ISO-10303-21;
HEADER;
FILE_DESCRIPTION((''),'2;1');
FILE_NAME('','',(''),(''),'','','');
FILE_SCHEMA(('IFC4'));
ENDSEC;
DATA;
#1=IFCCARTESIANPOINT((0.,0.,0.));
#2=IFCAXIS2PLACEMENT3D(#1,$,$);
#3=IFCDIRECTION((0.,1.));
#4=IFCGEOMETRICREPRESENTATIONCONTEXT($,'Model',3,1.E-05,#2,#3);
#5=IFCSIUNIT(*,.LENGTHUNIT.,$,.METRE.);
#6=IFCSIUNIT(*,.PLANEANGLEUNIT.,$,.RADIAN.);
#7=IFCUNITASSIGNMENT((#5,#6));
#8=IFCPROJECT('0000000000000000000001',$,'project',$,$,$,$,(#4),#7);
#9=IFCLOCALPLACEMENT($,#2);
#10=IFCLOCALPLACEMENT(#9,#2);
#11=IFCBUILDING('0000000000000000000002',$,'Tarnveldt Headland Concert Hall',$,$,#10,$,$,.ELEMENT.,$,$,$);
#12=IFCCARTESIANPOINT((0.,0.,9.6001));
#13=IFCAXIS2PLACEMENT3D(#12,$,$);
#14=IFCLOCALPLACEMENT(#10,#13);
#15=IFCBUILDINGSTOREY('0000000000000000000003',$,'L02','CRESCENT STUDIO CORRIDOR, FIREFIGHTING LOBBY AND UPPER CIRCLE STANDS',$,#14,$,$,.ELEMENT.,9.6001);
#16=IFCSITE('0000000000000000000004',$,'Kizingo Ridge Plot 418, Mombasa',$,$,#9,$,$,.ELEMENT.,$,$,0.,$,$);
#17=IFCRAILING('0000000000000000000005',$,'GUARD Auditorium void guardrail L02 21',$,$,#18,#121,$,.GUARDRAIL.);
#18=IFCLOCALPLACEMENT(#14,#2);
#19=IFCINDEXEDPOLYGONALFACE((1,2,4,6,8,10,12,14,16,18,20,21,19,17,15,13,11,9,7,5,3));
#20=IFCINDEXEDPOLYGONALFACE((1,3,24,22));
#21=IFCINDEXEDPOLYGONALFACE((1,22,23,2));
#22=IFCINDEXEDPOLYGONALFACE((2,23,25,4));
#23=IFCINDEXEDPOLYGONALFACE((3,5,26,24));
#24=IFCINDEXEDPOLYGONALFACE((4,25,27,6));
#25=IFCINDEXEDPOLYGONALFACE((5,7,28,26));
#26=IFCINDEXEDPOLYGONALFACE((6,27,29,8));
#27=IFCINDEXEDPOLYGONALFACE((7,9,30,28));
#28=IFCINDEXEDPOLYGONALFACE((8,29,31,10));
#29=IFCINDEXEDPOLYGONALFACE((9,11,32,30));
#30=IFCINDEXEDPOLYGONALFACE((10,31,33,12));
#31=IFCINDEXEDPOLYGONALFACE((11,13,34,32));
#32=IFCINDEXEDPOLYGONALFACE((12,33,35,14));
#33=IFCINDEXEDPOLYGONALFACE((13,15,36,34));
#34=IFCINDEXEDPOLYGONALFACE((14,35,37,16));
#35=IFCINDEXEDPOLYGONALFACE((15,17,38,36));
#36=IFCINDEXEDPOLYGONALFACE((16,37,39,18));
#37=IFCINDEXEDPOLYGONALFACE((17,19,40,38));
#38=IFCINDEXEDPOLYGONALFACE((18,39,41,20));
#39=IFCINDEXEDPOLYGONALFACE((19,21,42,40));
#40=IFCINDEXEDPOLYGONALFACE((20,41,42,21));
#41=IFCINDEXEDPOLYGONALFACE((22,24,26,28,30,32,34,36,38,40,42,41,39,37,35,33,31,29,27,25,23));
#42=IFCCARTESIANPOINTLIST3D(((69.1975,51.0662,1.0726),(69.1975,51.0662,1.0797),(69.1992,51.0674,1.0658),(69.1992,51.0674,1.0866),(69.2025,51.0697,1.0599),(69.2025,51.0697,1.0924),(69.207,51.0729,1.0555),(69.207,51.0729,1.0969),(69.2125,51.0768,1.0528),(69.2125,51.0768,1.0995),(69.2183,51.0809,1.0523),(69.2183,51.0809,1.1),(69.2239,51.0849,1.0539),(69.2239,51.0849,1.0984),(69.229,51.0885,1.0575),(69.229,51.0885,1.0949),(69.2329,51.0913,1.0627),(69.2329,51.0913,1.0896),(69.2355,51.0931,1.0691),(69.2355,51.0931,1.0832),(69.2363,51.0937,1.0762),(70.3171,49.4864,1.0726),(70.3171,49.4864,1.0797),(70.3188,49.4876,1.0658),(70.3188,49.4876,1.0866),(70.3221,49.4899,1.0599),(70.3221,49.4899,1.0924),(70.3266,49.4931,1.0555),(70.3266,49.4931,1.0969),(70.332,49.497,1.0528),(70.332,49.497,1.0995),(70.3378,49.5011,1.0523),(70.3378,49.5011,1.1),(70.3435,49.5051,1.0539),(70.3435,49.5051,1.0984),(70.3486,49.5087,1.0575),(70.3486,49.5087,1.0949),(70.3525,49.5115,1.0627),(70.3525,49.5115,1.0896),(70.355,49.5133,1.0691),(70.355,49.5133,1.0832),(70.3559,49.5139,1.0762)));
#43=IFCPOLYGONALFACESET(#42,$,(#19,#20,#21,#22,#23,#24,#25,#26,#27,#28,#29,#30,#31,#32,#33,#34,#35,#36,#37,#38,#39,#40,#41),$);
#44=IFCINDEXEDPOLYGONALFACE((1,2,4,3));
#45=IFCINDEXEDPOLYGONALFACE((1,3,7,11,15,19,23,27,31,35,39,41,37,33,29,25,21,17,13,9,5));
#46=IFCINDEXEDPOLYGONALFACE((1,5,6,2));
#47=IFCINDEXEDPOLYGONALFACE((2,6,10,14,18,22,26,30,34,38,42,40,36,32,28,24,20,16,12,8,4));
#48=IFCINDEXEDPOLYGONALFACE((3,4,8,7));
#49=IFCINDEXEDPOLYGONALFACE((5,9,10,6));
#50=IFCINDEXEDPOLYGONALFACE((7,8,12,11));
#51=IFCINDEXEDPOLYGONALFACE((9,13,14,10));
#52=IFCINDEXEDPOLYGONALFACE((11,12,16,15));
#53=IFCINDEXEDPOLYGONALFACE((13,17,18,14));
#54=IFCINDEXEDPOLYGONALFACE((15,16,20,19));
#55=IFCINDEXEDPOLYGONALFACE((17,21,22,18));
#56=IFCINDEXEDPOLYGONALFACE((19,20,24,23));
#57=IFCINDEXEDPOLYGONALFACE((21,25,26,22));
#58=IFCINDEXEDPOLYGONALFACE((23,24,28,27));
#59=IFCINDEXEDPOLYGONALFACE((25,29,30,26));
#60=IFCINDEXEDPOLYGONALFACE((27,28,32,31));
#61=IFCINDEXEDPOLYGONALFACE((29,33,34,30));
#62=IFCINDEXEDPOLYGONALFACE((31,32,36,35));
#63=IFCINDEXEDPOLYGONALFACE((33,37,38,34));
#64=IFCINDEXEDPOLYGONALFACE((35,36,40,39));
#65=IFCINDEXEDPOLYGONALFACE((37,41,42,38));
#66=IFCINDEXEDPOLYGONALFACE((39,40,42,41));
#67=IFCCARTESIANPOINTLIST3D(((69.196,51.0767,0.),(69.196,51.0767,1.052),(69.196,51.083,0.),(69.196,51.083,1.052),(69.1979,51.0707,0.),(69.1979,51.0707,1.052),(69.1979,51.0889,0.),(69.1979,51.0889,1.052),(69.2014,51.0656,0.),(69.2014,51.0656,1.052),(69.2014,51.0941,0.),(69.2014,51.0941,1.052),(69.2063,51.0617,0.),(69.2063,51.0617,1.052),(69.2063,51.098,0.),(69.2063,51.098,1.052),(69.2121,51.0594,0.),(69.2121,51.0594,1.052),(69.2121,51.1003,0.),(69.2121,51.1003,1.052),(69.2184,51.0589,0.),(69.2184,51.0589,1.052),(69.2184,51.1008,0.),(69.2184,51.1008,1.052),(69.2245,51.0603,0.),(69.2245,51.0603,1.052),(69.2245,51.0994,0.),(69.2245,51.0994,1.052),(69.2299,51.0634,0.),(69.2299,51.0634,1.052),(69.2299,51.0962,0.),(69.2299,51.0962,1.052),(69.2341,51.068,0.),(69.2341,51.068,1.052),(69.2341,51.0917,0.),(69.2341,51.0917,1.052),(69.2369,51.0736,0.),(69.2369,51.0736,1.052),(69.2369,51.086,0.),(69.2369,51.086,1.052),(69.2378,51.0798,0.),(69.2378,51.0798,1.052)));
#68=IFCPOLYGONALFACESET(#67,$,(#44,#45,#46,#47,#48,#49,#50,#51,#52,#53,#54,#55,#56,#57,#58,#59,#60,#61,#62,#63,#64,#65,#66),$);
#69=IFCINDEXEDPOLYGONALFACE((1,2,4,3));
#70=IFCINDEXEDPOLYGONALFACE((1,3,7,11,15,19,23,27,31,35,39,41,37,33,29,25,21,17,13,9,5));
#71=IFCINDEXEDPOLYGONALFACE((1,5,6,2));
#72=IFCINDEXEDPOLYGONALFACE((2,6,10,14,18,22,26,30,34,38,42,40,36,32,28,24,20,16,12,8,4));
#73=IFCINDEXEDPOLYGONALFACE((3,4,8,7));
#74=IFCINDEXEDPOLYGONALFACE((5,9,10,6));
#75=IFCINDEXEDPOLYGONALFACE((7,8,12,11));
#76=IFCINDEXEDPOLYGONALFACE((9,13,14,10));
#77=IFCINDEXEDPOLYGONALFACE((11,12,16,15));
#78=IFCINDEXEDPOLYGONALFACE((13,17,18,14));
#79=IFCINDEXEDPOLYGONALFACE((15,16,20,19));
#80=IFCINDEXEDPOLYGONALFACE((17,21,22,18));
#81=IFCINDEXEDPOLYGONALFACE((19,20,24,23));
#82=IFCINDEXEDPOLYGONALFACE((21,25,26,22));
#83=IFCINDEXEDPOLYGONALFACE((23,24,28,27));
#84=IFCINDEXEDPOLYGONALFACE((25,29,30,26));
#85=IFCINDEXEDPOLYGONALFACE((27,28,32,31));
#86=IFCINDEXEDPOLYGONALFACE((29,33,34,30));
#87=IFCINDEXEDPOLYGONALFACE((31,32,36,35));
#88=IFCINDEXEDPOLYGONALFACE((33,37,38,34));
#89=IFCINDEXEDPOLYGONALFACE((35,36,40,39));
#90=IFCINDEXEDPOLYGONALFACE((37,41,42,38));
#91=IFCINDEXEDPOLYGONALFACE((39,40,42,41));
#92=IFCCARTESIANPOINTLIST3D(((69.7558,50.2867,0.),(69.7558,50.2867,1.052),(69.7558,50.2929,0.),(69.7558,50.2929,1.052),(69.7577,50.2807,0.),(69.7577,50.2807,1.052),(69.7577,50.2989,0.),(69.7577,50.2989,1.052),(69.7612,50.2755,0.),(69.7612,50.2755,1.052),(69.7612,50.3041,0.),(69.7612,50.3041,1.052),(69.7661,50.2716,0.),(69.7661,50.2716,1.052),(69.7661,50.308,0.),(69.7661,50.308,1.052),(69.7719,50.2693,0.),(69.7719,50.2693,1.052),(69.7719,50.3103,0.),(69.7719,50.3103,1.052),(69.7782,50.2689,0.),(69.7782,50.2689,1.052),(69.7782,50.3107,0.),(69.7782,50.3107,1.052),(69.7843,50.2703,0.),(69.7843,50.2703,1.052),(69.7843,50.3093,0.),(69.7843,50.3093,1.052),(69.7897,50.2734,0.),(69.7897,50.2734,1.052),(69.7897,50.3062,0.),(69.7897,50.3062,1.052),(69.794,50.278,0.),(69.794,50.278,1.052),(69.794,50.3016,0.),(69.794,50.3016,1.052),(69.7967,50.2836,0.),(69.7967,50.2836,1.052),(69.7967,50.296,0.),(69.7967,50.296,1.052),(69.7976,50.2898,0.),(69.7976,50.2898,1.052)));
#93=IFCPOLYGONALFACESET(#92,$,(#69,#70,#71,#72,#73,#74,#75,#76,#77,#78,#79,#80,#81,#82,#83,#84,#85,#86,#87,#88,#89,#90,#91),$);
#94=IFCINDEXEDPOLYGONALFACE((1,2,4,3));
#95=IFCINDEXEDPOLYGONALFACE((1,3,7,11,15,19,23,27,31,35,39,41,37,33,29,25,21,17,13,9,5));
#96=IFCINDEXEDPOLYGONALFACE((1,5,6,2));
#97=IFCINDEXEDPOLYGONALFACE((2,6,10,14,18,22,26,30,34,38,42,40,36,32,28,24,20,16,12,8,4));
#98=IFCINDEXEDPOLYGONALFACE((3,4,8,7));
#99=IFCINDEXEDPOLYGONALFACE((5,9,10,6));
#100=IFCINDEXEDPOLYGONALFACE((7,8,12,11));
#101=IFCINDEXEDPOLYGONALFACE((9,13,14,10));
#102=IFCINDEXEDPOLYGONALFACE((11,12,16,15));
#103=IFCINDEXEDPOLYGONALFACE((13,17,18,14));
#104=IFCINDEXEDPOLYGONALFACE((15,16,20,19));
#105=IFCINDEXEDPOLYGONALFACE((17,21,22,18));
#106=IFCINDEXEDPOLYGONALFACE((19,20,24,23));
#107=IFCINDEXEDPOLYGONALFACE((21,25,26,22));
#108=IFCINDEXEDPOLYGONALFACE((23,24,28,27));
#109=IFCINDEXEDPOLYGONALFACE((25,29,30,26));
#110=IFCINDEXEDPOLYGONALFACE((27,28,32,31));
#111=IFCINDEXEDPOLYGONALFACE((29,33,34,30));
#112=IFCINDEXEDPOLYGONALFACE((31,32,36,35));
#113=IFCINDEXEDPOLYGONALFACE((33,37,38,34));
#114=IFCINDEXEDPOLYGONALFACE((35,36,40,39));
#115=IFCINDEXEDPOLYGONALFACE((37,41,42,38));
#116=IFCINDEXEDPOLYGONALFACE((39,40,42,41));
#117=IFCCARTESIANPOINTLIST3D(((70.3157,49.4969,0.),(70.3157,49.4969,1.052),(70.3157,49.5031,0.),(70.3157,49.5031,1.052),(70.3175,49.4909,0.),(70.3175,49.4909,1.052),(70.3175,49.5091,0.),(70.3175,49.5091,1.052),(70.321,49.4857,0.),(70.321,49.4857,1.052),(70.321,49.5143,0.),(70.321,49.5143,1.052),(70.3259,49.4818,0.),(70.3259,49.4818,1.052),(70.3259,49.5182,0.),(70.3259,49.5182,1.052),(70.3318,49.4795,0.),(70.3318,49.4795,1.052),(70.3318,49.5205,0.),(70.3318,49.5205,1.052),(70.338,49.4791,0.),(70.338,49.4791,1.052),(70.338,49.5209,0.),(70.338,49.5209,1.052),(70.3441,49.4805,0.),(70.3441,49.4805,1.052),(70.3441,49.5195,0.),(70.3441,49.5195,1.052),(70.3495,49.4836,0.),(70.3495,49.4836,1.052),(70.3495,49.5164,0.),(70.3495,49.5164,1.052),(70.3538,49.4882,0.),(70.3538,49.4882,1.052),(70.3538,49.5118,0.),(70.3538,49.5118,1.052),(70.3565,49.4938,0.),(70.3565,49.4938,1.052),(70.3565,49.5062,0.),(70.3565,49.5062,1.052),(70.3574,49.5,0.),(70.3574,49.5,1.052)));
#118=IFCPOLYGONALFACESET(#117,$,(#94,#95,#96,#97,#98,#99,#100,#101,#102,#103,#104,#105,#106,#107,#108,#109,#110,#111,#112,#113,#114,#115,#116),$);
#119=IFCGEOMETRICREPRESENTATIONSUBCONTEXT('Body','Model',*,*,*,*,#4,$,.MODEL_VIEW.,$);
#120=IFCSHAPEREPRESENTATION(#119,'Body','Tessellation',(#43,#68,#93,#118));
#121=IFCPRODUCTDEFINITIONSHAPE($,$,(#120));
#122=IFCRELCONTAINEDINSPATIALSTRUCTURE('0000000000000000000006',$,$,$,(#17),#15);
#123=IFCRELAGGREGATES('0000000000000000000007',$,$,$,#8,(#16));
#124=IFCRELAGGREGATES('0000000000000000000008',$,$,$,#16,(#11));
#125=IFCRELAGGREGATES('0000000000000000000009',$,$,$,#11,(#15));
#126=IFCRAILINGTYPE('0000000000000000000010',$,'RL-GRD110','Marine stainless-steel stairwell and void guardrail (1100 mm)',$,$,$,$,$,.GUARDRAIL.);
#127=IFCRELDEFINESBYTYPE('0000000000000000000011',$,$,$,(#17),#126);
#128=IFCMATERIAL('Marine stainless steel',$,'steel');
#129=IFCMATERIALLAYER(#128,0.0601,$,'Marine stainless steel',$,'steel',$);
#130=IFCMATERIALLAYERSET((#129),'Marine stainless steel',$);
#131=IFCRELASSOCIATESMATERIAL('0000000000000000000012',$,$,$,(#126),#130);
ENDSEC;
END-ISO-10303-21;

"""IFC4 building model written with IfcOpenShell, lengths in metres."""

from ifc_helpers import new_model, si_unit, direction, frame, origin, origin_2d, place, context, subcontext, project, spatial, circle, extrude, material, layer, layer_set, type_object, element, save


model = new_model("IFC4")

# Units and contexts
model_context = context("Model", 3, precision=1e-05, world=origin(), true_north=direction((0.0, 1.0)))
body_context = subcontext(model_context, "Body", "Model", "MODEL_VIEW")
ifc_project = project(units=[si_unit("LENGTHUNIT", "METRE"), si_unit("PLANEANGLEUNIT", "RADIAN")], contexts=[model_context])

# Site, building, storey
site_placement = place(None, origin())
site = spatial("IfcSite", under=ifc_project, at=site_placement, Name="Kizingo Ridge Plot 418, Mombasa", CompositionType="ELEMENT", RefElevation=0.0)
building_placement = place(site_placement, origin())
building = spatial("IfcBuilding", under=site, at=building_placement, Name="Tarnveldt Headland Concert Hall", CompositionType="ELEMENT")
storey_placement = place(building_placement, frame((0.0, 0.0, 9.6001)))
storey = spatial("IfcBuildingStorey", under=building, at=storey_placement, Name="L02", Description="CRESCENT STUDIO CORRIDOR, FIREFIGHTING LOBBY AND UPPER CIRCLE STANDS", CompositionType="ELEMENT", Elevation=9.6001)

# Railing
ifc_material_1 = material(Name="Marine stainless steel", Category="steel")
ifc_layer_1 = layer(ifc_material_1, 0.0601, Name="Marine stainless steel", Category="steel")
ifc_layer_set_1 = layer_set([ifc_layer_1], Name="Marine stainless steel")
railing_type = type_object("IfcRailingType", Name="RL-GRD110", Description="Marine stainless-steel stairwell and void guardrail (1100 mm)", PredefinedType="GUARDRAIL", material=ifc_layer_set_1)
railing_1_placement = place(storey_placement, frame((69.2168, 51.0798, 0.0)))
element("IfcRailing", 1, at=railing_1_placement, inside=storey, type_object=railing_type, Name="GUARD Auditorium void guardrail L02 21", PredefinedType="GUARDRAIL", context=body_context, shape_type="SweptSolid", body=[
    extrude(circle(Radius=0.0239, at=origin_2d()), frame((0.0, 0.0, 1.0762), z_axis=(0.578217, -0.815883, 0.0), x_axis=(0.815883, 0.578217, 0.0)), (0.0, 0.0, 1.0), 1.9363),
    extrude(circle(Radius=0.021, at=origin_2d()), origin(), (0.0, 0.0, 1.0), 1.052),
    extrude(circle(Radius=0.021, at=origin_2d()), frame((0.5598, -0.79, 0.0)), (0.0, 0.0, 1.0), 1.052),
    extrude(circle(Radius=0.021, at=origin_2d()), frame((1.1196, -1.5798, 0.0)), (0.0, 0.0, 1.0), 1.052),
])

save(model, "model.ifc")
